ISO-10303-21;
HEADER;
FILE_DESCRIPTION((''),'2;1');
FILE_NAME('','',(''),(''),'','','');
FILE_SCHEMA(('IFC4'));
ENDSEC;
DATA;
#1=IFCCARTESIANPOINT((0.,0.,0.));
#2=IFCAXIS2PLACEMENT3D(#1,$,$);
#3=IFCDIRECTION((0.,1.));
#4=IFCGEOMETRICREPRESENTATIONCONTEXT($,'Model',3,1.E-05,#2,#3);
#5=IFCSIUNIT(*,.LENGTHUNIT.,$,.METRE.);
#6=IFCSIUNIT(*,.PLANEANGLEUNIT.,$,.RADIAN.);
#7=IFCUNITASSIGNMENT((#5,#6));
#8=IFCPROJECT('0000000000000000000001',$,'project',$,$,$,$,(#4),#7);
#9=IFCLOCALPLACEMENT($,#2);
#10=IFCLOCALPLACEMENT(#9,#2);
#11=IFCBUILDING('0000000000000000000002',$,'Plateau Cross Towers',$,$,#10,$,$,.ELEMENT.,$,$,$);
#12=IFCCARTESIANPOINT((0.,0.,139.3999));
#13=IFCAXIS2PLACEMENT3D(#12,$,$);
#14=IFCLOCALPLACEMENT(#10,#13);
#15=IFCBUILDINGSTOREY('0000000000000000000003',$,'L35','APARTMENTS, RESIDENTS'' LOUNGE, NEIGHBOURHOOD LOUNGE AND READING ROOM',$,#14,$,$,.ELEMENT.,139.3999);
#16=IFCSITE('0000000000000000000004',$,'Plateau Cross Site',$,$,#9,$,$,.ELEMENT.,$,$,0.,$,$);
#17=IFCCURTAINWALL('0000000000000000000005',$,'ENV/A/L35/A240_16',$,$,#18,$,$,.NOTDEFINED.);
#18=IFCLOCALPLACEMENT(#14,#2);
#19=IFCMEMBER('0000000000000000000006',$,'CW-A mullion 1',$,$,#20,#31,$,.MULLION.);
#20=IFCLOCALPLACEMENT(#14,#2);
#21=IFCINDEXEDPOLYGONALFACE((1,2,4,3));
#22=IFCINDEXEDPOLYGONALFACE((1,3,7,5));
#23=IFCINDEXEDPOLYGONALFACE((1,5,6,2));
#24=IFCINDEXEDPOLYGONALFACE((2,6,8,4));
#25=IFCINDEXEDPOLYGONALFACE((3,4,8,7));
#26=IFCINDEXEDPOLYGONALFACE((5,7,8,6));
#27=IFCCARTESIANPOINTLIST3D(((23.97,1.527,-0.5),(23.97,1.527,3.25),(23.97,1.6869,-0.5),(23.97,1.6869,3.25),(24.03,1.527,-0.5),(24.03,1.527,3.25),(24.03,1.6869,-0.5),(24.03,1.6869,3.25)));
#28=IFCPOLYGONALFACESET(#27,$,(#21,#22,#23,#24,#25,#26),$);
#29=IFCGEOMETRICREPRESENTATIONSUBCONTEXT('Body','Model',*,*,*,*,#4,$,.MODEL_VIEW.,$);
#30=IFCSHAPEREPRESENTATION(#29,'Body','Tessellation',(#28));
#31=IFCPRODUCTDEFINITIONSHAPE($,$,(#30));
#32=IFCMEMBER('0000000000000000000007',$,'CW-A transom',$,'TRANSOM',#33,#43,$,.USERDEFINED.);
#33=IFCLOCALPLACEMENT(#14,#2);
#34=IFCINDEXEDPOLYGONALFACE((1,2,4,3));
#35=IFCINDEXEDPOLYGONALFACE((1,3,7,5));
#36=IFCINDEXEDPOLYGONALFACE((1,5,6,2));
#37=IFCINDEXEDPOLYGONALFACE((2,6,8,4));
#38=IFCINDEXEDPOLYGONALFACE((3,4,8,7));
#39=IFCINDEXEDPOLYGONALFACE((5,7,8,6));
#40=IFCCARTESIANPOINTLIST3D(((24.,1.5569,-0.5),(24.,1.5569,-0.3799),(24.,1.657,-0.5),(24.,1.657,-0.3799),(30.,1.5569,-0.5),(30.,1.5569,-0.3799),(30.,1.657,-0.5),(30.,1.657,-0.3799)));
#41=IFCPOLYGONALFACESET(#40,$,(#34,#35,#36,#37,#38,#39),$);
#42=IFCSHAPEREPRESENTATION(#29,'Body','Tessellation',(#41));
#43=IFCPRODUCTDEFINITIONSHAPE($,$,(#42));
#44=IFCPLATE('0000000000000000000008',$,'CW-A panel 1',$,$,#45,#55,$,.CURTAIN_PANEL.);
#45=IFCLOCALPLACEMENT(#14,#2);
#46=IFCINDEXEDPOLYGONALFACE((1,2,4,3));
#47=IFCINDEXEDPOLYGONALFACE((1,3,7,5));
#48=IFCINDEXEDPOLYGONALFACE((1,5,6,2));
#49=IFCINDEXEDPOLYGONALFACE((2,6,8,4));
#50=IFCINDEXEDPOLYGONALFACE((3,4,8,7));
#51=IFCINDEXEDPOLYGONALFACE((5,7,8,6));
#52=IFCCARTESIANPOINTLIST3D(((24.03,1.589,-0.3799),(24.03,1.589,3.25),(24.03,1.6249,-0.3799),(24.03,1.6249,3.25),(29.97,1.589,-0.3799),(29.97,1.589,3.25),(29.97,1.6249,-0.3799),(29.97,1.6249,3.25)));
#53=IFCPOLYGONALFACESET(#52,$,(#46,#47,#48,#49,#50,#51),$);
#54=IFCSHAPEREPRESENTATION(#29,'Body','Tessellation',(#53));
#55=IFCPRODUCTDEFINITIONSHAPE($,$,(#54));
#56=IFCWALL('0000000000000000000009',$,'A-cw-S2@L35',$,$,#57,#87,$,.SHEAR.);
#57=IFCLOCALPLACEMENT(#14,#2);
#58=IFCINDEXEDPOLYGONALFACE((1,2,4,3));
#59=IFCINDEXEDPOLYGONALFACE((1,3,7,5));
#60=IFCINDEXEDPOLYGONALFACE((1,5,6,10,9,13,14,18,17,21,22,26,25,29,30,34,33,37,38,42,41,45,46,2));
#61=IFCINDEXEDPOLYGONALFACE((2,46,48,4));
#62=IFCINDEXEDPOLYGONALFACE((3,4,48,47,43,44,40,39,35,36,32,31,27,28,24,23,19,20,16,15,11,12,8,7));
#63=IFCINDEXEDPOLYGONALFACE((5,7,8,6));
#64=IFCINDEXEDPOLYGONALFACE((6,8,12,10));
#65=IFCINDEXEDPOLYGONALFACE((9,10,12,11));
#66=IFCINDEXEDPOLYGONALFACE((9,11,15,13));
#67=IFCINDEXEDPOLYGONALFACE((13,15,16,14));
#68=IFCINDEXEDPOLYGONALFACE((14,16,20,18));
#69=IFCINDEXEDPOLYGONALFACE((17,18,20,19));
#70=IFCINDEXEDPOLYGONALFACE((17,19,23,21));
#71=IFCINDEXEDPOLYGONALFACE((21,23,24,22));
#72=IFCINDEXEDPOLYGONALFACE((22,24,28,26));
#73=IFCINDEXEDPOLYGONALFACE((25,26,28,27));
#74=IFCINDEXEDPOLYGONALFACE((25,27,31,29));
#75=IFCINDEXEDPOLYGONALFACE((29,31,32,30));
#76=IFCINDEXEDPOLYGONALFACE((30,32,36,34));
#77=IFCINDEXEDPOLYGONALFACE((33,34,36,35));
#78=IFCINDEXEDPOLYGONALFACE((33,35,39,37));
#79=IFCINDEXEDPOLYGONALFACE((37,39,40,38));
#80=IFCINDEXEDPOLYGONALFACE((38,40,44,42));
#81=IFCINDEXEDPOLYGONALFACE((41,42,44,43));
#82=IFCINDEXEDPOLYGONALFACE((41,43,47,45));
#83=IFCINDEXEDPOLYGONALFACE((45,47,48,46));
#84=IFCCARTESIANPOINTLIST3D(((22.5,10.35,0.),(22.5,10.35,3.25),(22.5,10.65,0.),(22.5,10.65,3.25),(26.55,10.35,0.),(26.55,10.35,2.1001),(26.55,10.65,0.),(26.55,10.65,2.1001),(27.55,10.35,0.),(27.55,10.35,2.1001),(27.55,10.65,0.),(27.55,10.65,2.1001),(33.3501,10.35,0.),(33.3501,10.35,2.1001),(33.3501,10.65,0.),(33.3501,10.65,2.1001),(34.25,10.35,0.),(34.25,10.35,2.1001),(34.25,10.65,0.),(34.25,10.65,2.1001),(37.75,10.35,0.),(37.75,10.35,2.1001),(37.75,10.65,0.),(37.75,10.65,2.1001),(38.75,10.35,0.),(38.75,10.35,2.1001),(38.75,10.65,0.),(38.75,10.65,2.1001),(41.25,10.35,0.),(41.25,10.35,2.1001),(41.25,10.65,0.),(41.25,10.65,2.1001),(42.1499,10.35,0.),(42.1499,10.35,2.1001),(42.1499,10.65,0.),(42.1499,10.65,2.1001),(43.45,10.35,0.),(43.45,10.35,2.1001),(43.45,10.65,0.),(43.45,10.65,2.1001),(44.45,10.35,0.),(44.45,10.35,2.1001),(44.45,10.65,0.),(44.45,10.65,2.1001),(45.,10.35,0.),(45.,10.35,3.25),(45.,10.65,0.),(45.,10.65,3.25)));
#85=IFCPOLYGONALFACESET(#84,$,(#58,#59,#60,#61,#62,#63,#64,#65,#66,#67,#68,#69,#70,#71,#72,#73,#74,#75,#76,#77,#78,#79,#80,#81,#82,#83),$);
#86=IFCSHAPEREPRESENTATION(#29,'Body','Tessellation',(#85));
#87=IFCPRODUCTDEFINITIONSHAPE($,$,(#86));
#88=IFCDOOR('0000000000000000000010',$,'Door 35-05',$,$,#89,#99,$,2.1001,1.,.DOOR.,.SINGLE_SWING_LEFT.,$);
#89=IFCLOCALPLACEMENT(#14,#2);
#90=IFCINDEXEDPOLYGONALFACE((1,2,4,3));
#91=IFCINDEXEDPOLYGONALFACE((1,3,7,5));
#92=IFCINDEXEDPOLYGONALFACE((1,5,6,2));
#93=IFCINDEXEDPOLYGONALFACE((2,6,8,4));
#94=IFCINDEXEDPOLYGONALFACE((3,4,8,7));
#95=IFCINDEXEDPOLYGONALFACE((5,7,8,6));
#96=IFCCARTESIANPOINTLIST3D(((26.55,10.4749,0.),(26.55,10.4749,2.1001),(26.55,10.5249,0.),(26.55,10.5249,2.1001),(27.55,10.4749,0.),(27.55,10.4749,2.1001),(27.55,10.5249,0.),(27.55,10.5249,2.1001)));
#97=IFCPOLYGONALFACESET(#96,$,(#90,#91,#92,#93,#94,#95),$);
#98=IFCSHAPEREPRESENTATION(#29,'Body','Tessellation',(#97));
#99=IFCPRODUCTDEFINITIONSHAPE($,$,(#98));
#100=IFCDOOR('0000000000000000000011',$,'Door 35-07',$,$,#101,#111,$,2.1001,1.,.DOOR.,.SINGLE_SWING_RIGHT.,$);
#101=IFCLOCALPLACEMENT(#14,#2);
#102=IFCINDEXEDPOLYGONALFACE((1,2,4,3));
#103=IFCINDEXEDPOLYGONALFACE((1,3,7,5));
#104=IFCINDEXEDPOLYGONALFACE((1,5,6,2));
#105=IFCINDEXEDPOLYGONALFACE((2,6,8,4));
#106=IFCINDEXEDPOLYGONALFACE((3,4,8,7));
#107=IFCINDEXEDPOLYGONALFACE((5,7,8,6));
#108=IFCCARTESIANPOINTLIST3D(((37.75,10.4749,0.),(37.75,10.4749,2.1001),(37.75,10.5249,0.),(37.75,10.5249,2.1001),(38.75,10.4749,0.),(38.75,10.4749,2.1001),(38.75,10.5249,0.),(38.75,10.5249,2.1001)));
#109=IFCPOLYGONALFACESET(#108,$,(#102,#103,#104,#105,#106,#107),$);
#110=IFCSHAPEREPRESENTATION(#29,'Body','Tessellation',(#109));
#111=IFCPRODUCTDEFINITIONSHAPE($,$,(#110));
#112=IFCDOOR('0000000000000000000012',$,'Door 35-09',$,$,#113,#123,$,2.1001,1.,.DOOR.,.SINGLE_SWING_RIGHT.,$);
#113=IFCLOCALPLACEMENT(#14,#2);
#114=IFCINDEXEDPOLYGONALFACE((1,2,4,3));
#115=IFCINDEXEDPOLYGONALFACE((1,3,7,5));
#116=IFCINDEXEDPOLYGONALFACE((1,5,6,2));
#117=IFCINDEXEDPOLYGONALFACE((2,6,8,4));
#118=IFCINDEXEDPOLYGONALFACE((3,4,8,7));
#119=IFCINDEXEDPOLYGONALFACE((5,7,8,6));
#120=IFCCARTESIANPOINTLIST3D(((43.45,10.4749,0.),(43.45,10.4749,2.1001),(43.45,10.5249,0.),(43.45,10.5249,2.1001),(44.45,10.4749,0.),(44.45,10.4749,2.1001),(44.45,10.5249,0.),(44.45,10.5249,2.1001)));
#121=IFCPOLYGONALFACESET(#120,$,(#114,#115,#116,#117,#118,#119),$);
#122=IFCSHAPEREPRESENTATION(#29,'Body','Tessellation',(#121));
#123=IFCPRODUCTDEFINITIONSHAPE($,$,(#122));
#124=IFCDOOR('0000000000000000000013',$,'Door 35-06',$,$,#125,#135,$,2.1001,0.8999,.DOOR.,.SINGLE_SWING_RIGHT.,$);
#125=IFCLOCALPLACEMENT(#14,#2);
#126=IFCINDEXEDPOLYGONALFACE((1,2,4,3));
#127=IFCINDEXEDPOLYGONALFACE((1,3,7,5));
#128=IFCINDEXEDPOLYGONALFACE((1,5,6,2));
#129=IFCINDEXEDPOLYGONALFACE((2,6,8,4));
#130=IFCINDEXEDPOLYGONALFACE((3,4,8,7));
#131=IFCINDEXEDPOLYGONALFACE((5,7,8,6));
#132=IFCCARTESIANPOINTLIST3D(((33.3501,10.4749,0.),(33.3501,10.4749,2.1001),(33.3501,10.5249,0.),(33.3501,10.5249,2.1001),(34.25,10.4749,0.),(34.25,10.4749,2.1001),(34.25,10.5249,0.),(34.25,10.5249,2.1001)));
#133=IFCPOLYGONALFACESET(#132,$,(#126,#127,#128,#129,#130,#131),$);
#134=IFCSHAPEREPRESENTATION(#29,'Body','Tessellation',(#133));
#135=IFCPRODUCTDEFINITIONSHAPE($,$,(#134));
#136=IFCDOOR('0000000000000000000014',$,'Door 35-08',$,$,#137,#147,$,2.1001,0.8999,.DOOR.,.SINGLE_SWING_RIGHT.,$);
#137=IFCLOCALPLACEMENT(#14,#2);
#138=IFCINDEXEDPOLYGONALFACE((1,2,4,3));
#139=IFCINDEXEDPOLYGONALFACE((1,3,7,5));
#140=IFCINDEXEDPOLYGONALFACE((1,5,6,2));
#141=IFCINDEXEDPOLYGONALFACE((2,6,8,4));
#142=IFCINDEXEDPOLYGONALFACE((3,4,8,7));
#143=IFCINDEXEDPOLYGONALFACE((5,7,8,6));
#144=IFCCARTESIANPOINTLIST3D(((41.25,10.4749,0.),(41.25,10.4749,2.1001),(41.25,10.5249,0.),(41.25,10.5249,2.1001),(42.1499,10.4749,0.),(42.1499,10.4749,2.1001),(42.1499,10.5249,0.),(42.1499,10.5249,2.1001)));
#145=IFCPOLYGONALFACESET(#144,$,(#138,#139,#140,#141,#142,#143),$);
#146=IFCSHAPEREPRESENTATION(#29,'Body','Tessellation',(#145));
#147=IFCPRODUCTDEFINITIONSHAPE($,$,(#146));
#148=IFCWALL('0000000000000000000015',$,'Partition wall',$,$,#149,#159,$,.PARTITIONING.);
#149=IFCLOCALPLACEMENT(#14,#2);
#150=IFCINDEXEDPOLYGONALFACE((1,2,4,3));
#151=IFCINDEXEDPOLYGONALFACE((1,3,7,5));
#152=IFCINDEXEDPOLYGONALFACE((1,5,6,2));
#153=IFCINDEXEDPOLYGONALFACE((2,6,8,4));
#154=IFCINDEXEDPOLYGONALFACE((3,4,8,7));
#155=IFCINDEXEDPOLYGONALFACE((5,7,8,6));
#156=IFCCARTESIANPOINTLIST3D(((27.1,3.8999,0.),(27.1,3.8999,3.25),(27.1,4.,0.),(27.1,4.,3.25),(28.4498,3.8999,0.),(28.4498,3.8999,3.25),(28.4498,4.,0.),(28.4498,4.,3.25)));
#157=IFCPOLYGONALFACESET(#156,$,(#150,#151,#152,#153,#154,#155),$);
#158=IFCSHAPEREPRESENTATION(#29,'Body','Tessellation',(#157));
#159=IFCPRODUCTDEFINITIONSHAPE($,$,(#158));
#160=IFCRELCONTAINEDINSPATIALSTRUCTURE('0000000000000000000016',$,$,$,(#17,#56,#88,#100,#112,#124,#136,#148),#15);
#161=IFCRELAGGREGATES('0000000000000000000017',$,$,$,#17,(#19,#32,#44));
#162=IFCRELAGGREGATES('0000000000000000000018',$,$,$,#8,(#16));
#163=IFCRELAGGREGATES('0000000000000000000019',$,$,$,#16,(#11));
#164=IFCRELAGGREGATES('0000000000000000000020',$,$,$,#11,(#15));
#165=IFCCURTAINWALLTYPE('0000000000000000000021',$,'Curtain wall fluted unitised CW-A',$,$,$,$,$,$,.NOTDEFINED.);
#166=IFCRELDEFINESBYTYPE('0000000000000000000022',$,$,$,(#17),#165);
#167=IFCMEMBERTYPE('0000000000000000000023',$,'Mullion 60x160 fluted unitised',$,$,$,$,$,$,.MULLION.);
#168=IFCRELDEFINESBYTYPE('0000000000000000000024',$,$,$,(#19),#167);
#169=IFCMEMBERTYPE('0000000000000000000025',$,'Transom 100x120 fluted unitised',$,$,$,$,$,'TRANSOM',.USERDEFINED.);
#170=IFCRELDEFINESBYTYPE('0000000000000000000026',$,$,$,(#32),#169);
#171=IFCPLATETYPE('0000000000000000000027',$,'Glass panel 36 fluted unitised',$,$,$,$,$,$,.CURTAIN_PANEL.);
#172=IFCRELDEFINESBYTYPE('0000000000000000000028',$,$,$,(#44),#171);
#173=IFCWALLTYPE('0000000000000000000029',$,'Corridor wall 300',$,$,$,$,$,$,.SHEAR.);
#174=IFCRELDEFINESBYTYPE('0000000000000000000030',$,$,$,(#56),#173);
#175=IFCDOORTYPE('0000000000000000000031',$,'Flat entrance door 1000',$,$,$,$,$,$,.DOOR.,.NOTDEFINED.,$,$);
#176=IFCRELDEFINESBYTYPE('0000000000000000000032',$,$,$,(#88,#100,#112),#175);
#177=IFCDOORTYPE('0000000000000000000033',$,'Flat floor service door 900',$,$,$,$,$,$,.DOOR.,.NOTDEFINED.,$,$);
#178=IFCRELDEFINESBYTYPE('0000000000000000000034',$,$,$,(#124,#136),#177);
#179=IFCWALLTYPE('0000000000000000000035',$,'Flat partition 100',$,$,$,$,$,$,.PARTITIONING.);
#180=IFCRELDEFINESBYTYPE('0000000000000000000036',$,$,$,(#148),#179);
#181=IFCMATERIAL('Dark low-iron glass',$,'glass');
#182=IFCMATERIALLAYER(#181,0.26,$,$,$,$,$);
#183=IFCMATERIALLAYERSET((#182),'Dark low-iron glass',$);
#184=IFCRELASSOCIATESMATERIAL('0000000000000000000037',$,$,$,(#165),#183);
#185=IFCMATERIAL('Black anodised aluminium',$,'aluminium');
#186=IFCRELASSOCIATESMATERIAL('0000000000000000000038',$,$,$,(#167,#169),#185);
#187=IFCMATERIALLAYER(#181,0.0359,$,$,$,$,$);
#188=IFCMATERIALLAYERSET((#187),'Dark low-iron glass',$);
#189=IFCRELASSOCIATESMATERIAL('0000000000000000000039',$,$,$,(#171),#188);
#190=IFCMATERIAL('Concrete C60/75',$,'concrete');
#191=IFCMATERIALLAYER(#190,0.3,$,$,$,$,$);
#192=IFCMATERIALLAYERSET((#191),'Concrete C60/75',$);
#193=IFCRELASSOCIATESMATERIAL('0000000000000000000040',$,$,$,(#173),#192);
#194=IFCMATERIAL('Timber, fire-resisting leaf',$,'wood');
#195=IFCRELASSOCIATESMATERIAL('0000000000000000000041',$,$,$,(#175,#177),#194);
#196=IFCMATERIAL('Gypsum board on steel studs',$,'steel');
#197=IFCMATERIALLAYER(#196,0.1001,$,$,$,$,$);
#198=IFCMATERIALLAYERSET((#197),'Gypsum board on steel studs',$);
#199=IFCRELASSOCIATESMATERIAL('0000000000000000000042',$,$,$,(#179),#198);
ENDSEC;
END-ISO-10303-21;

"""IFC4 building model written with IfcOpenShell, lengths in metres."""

from ifc_helpers import new_model, si_unit, direction, frame, frame_2d, origin, origin_2d, place, context, subcontext, project, spatial, rectangle, extrude, material, layer, layer_set, material_profile, profile_set, type_object, element, fill, aggregate, save


model = new_model("IFC4")

# Units and contexts
model_context = context("Model", 3, precision=1e-05, world=origin(), true_north=direction((0.0, 1.0)))
body_context = subcontext(model_context, "Body", "Model", "MODEL_VIEW")
ifc_project = project(units=[si_unit("LENGTHUNIT", "METRE"), si_unit("PLANEANGLEUNIT", "RADIAN")], contexts=[model_context])

# Site, building, storey
site_placement = place(None, origin())
site = spatial("IfcSite", under=ifc_project, at=site_placement, Name="Plateau Cross Site", CompositionType="ELEMENT", RefElevation=0.0)
building_placement = place(site_placement, origin())
building = spatial("IfcBuilding", under=site, at=building_placement, Name="Plateau Cross Towers", CompositionType="ELEMENT")
storey_placement = place(building_placement, frame((0.0, 0.0, 139.3999)))
storey = spatial("IfcBuildingStorey", under=building, at=storey_placement, Name="L35", Description="APARTMENTS, RESIDENTS' LOUNGE, NEIGHBOURHOOD LOUNGE AND READING ROOM", CompositionType="ELEMENT", Elevation=139.3999)

# Curtain wall, members, plate
ifc_material_1 = material(Name="Dark low-iron glass", Category="glass")
ifc_layer_1 = layer(ifc_material_1, 0.26)
ifc_layer_set_1 = layer_set([ifc_layer_1], Name="Dark low-iron glass")
curtain_wall_type = type_object("IfcCurtainWallType", Name="Curtain wall fluted unitised CW-A", PredefinedType="NOTDEFINED", material=ifc_layer_set_1)
curtain_wall_placement = place(storey_placement, origin())
curtain_wall = element("IfcCurtainWall", 1, at=curtain_wall_placement, inside=storey, type_object=curtain_wall_type, Name="ENV/A/L35/A240_16", PredefinedType="NOTDEFINED")
ifc_material_2 = material(Name="Black anodised aluminium", Category="aluminium")
ifc_material_profile_1 = material_profile(ifc_material_2, rectangle(XDim=0.0601, YDim=0.1599, at=origin_2d()), Name="MULLION 60x160")
ifc_profile_set_1 = profile_set([ifc_material_profile_1], Name="Black anodised aluminium")
member_type_1 = type_object("IfcMemberType", Name="Mullion 60x160 fluted unitised", PredefinedType="MULLION", material=ifc_profile_set_1)
member_1_placement = place(storey_placement, frame((24.0, 1.6069, -0.5), z_axis=(0.0, 0.0, 1.0), x_axis=(1.0, 0.0, 0.0)))
member_1 = element("IfcMember", 2, at=member_1_placement, type_object=member_type_1, Name="CW-A mullion 1", PredefinedType="MULLION", context=body_context, shape_type="SweptSolid", body=[
    extrude(rectangle(XDim=0.0601, YDim=0.1599, at=origin_2d()), origin(), (0.0, 0.0, 1.0), 3.75),
])
ifc_material_profile_2 = material_profile(ifc_material_2, rectangle(XDim=0.1001, YDim=0.1201, at=origin_2d()), Name="TRANSOM 100x120")
ifc_profile_set_2 = profile_set([ifc_material_profile_2], Name="Black anodised aluminium")
member_type_2 = type_object("IfcMemberType", Name="Transom 100x120 fluted unitised", ElementType="TRANSOM", PredefinedType="USERDEFINED", material=ifc_profile_set_2)
member_2_placement = place(storey_placement, frame((24.0, 1.6069, -0.4399), z_axis=(1.0, 0.0, 0.0), x_axis=(0.0, 1.0, 0.0)))
member_2 = element("IfcMember", 3, at=member_2_placement, type_object=member_type_2, Name="CW-A transom", ObjectType="TRANSOM", PredefinedType="USERDEFINED", context=body_context, shape_type="SweptSolid", body=[
    extrude(rectangle(XDim=0.1001, YDim=0.1201, at=origin_2d()), origin(), (0.0, 0.0, 1.0), 6.0),
])
ifc_layer_2 = layer(ifc_material_1, 0.0359)
ifc_layer_set_2 = layer_set([ifc_layer_2], Name="Dark low-iron glass")
plate_type = type_object("IfcPlateType", Name="Glass panel 36 fluted unitised", PredefinedType="CURTAIN_PANEL", material=ifc_layer_set_2)
plate_placement = place(storey_placement, frame((27.0, 1.6069, -0.3799), z_axis=(0.0, 0.0, 1.0), x_axis=(1.0, 0.0, 0.0)))
plate = element("IfcPlate", 4, at=plate_placement, type_object=plate_type, Name="CW-A panel 1", PredefinedType="CURTAIN_PANEL", context=body_context, shape_type="SweptSolid", body=[
    extrude(rectangle(XDim=5.9399, YDim=0.0359, at=origin_2d()), origin(), (0.0, 0.0, 1.0), 3.6299),
])
aggregate(curtain_wall, [member_1, member_2, plate])

# Wall, openings, doors
ifc_material_3 = material(Name="Concrete C60/75", Category="concrete")
ifc_layer_3 = layer(ifc_material_3, 0.3)
ifc_layer_set_3 = layer_set([ifc_layer_3], Name="Concrete C60/75")
wall_type_1 = type_object("IfcWallType", Name="Corridor wall 300", PredefinedType="SHEAR", material=ifc_layer_set_3)
wall_1_placement = place(storey_placement, frame((22.5, 10.5, 0.0), z_axis=(0.0, 0.0, 1.0), x_axis=(1.0, 0.0, 0.0)))
wall_1 = element("IfcWall", 5, at=wall_1_placement, inside=storey, type_object=wall_type_1, Name="A-cw-S2@L35", PredefinedType="SHEAR", context=body_context, shape_type="SweptSolid", body=[
    extrude(rectangle(XDim=22.5, YDim=0.3, at=frame_2d((11.25, 0.0))), origin(), (0.0, 0.0, 1.0), 3.25),
])
opening_1_placement = place(wall_1_placement, frame((4.05, 0.0, 0.0)))
opening_1 = element("IfcOpeningElement", 6, at=opening_1_placement, cuts=wall_1, PredefinedType="OPENING", context=body_context, shape_type="SweptSolid", body=[
    extrude(rectangle(XDim=1.0, YDim=2.1001, at=frame_2d((0.5, 1.05))), frame((0.0, 0.1599, 0.0), z_axis=(0.0, -1.0, 0.0), x_axis=(1.0, 0.0, 0.0)), (0.0, 0.0, 1.0), 0.3201),
])
opening_2_placement = place(wall_1_placement, frame((10.8501, 0.0, 0.0)))
opening_2 = element("IfcOpeningElement", 7, at=opening_2_placement, cuts=wall_1, PredefinedType="OPENING", context=body_context, shape_type="SweptSolid", body=[
    extrude(rectangle(XDim=0.8999, YDim=2.1001, at=frame_2d((0.45, 1.05))), frame((0.0, 0.1599, 0.0), z_axis=(0.0, -1.0, 0.0), x_axis=(1.0, 0.0, 0.0)), (0.0, 0.0, 1.0), 0.3201),
])
opening_3_placement = place(wall_1_placement, frame((15.25, 0.0, 0.0)))
opening_3 = element("IfcOpeningElement", 8, at=opening_3_placement, cuts=wall_1, PredefinedType="OPENING", context=body_context, shape_type="SweptSolid", body=[
    extrude(rectangle(XDim=1.0, YDim=2.1001, at=frame_2d((0.5, 1.05))), frame((0.0, 0.1599, 0.0), z_axis=(0.0, -1.0, 0.0), x_axis=(1.0, 0.0, 0.0)), (0.0, 0.0, 1.0), 0.3201),
])
opening_4_placement = place(wall_1_placement, frame((18.75, 0.0, 0.0)))
opening_4 = element("IfcOpeningElement", 9, at=opening_4_placement, cuts=wall_1, PredefinedType="OPENING", context=body_context, shape_type="SweptSolid", body=[
    extrude(rectangle(XDim=0.8999, YDim=2.1001, at=frame_2d((0.45, 1.05))), frame((0.0, 0.1599, 0.0), z_axis=(0.0, -1.0, 0.0), x_axis=(1.0, 0.0, 0.0)), (0.0, 0.0, 1.0), 0.3201),
])
opening_5_placement = place(wall_1_placement, frame((20.95, 0.0, 0.0)))
opening_5 = element("IfcOpeningElement", 10, at=opening_5_placement, cuts=wall_1, PredefinedType="OPENING", context=body_context, shape_type="SweptSolid", body=[
    extrude(rectangle(XDim=1.0, YDim=2.1001, at=frame_2d((0.5, 1.05))), frame((0.0, 0.1599, 0.0), z_axis=(0.0, -1.0, 0.0), x_axis=(1.0, 0.0, 0.0)), (0.0, 0.0, 1.0), 0.3201),
])
ifc_material_4 = material(Name="Timber, fire-resisting leaf", Category="wood")
door_type_1 = type_object("IfcDoorType", Name="Flat entrance door 1000", OperationType="NOTDEFINED", PredefinedType="DOOR", material=ifc_material_4)
door_1_placement = place(opening_1_placement, origin())
door_1 = element("IfcDoor", 11, at=door_1_placement, inside=storey, type_object=door_type_1, Name="Door 35-05", OperationType="SINGLE_SWING_LEFT", OverallHeight=2.1001, OverallWidth=1.0, PredefinedType="DOOR", context=body_context, shape_type="SweptSolid", body=[
    extrude(rectangle(XDim=1.0, YDim=2.1001, at=frame_2d((0.5, 1.05))), frame((0.0, 0.0249, 0.0), z_axis=(0.0, -1.0, 0.0), x_axis=(1.0, 0.0, 0.0)), (0.0, 0.0, 1.0), 0.05),
])
fill(opening_1, door_1)
door_2_placement = place(opening_3_placement, origin())
door_2 = element("IfcDoor", 12, at=door_2_placement, inside=storey, type_object=door_type_1, Name="Door 35-07", OperationType="SINGLE_SWING_RIGHT", OverallHeight=2.1001, OverallWidth=1.0, PredefinedType="DOOR", context=body_context, shape_type="SweptSolid", body=[
    extrude(rectangle(XDim=1.0, YDim=2.1001, at=frame_2d((0.5, 1.05))), frame((0.0, 0.0249, 0.0), z_axis=(0.0, -1.0, 0.0), x_axis=(1.0, 0.0, 0.0)), (0.0, 0.0, 1.0), 0.05),
])
fill(opening_3, door_2)
door_3_placement = place(opening_5_placement, origin())
door_3 = element("IfcDoor", 13, at=door_3_placement, inside=storey, type_object=door_type_1, Name="Door 35-09", OperationType="SINGLE_SWING_RIGHT", OverallHeight=2.1001, OverallWidth=1.0, PredefinedType="DOOR", context=body_context, shape_type="SweptSolid", body=[
    extrude(rectangle(XDim=1.0, YDim=2.1001, at=frame_2d((0.5, 1.05))), frame((0.0, 0.0249, 0.0), z_axis=(0.0, -1.0, 0.0), x_axis=(1.0, 0.0, 0.0)), (0.0, 0.0, 1.0), 0.05),
])
fill(opening_5, door_3)
door_type_2 = type_object("IfcDoorType", Name="Flat floor service door 900", OperationType="NOTDEFINED", PredefinedType="DOOR", material=ifc_material_4)
door_4_placement = place(opening_2_placement, origin())
door_4 = element("IfcDoor", 14, at=door_4_placement, inside=storey, type_object=door_type_2, Name="Door 35-06", OperationType="SINGLE_SWING_RIGHT", OverallHeight=2.1001, OverallWidth=0.8999, PredefinedType="DOOR", context=body_context, shape_type="SweptSolid", body=[
    extrude(rectangle(XDim=0.8999, YDim=2.1001, at=frame_2d((0.45, 1.05))), frame((0.0, 0.0249, 0.0), z_axis=(0.0, -1.0, 0.0), x_axis=(1.0, 0.0, 0.0)), (0.0, 0.0, 1.0), 0.05),
])
fill(opening_2, door_4)
door_5_placement = place(opening_4_placement, origin())
door_5 = element("IfcDoor", 15, at=door_5_placement, inside=storey, type_object=door_type_2, Name="Door 35-08", OperationType="SINGLE_SWING_RIGHT", OverallHeight=2.1001, OverallWidth=0.8999, PredefinedType="DOOR", context=body_context, shape_type="SweptSolid", body=[
    extrude(rectangle(XDim=0.8999, YDim=2.1001, at=frame_2d((0.45, 1.05))), frame((0.0, 0.0249, 0.0), z_axis=(0.0, -1.0, 0.0), x_axis=(1.0, 0.0, 0.0)), (0.0, 0.0, 1.0), 0.05),
])
fill(opening_4, door_5)

# Wall
ifc_material_5 = material(Name="Gypsum board on steel studs", Category="steel")
ifc_layer_4 = layer(ifc_material_5, 0.1001)
ifc_layer_set_4 = layer_set([ifc_layer_4], Name="Gypsum board on steel studs")
wall_type_2 = type_object("IfcWallType", Name="Flat partition 100", PredefinedType="PARTITIONING", material=ifc_layer_set_4)
wall_2_placement = place(storey_placement, frame((27.1001, 3.95, 0.0), z_axis=(0.0, 0.0, 1.0), x_axis=(1.0, 0.0, 0.0)))
element("IfcWall", 16, at=wall_2_placement, inside=storey, type_object=wall_type_2, Name="Partition wall", PredefinedType="PARTITIONING", context=body_context, shape_type="SweptSolid", body=[
    extrude(rectangle(XDim=1.3499, YDim=0.1001, at=frame_2d((0.6748, 0.0))), origin(), (0.0, 0.0, 1.0), 3.25),
])

save(model, "model.ifc")
